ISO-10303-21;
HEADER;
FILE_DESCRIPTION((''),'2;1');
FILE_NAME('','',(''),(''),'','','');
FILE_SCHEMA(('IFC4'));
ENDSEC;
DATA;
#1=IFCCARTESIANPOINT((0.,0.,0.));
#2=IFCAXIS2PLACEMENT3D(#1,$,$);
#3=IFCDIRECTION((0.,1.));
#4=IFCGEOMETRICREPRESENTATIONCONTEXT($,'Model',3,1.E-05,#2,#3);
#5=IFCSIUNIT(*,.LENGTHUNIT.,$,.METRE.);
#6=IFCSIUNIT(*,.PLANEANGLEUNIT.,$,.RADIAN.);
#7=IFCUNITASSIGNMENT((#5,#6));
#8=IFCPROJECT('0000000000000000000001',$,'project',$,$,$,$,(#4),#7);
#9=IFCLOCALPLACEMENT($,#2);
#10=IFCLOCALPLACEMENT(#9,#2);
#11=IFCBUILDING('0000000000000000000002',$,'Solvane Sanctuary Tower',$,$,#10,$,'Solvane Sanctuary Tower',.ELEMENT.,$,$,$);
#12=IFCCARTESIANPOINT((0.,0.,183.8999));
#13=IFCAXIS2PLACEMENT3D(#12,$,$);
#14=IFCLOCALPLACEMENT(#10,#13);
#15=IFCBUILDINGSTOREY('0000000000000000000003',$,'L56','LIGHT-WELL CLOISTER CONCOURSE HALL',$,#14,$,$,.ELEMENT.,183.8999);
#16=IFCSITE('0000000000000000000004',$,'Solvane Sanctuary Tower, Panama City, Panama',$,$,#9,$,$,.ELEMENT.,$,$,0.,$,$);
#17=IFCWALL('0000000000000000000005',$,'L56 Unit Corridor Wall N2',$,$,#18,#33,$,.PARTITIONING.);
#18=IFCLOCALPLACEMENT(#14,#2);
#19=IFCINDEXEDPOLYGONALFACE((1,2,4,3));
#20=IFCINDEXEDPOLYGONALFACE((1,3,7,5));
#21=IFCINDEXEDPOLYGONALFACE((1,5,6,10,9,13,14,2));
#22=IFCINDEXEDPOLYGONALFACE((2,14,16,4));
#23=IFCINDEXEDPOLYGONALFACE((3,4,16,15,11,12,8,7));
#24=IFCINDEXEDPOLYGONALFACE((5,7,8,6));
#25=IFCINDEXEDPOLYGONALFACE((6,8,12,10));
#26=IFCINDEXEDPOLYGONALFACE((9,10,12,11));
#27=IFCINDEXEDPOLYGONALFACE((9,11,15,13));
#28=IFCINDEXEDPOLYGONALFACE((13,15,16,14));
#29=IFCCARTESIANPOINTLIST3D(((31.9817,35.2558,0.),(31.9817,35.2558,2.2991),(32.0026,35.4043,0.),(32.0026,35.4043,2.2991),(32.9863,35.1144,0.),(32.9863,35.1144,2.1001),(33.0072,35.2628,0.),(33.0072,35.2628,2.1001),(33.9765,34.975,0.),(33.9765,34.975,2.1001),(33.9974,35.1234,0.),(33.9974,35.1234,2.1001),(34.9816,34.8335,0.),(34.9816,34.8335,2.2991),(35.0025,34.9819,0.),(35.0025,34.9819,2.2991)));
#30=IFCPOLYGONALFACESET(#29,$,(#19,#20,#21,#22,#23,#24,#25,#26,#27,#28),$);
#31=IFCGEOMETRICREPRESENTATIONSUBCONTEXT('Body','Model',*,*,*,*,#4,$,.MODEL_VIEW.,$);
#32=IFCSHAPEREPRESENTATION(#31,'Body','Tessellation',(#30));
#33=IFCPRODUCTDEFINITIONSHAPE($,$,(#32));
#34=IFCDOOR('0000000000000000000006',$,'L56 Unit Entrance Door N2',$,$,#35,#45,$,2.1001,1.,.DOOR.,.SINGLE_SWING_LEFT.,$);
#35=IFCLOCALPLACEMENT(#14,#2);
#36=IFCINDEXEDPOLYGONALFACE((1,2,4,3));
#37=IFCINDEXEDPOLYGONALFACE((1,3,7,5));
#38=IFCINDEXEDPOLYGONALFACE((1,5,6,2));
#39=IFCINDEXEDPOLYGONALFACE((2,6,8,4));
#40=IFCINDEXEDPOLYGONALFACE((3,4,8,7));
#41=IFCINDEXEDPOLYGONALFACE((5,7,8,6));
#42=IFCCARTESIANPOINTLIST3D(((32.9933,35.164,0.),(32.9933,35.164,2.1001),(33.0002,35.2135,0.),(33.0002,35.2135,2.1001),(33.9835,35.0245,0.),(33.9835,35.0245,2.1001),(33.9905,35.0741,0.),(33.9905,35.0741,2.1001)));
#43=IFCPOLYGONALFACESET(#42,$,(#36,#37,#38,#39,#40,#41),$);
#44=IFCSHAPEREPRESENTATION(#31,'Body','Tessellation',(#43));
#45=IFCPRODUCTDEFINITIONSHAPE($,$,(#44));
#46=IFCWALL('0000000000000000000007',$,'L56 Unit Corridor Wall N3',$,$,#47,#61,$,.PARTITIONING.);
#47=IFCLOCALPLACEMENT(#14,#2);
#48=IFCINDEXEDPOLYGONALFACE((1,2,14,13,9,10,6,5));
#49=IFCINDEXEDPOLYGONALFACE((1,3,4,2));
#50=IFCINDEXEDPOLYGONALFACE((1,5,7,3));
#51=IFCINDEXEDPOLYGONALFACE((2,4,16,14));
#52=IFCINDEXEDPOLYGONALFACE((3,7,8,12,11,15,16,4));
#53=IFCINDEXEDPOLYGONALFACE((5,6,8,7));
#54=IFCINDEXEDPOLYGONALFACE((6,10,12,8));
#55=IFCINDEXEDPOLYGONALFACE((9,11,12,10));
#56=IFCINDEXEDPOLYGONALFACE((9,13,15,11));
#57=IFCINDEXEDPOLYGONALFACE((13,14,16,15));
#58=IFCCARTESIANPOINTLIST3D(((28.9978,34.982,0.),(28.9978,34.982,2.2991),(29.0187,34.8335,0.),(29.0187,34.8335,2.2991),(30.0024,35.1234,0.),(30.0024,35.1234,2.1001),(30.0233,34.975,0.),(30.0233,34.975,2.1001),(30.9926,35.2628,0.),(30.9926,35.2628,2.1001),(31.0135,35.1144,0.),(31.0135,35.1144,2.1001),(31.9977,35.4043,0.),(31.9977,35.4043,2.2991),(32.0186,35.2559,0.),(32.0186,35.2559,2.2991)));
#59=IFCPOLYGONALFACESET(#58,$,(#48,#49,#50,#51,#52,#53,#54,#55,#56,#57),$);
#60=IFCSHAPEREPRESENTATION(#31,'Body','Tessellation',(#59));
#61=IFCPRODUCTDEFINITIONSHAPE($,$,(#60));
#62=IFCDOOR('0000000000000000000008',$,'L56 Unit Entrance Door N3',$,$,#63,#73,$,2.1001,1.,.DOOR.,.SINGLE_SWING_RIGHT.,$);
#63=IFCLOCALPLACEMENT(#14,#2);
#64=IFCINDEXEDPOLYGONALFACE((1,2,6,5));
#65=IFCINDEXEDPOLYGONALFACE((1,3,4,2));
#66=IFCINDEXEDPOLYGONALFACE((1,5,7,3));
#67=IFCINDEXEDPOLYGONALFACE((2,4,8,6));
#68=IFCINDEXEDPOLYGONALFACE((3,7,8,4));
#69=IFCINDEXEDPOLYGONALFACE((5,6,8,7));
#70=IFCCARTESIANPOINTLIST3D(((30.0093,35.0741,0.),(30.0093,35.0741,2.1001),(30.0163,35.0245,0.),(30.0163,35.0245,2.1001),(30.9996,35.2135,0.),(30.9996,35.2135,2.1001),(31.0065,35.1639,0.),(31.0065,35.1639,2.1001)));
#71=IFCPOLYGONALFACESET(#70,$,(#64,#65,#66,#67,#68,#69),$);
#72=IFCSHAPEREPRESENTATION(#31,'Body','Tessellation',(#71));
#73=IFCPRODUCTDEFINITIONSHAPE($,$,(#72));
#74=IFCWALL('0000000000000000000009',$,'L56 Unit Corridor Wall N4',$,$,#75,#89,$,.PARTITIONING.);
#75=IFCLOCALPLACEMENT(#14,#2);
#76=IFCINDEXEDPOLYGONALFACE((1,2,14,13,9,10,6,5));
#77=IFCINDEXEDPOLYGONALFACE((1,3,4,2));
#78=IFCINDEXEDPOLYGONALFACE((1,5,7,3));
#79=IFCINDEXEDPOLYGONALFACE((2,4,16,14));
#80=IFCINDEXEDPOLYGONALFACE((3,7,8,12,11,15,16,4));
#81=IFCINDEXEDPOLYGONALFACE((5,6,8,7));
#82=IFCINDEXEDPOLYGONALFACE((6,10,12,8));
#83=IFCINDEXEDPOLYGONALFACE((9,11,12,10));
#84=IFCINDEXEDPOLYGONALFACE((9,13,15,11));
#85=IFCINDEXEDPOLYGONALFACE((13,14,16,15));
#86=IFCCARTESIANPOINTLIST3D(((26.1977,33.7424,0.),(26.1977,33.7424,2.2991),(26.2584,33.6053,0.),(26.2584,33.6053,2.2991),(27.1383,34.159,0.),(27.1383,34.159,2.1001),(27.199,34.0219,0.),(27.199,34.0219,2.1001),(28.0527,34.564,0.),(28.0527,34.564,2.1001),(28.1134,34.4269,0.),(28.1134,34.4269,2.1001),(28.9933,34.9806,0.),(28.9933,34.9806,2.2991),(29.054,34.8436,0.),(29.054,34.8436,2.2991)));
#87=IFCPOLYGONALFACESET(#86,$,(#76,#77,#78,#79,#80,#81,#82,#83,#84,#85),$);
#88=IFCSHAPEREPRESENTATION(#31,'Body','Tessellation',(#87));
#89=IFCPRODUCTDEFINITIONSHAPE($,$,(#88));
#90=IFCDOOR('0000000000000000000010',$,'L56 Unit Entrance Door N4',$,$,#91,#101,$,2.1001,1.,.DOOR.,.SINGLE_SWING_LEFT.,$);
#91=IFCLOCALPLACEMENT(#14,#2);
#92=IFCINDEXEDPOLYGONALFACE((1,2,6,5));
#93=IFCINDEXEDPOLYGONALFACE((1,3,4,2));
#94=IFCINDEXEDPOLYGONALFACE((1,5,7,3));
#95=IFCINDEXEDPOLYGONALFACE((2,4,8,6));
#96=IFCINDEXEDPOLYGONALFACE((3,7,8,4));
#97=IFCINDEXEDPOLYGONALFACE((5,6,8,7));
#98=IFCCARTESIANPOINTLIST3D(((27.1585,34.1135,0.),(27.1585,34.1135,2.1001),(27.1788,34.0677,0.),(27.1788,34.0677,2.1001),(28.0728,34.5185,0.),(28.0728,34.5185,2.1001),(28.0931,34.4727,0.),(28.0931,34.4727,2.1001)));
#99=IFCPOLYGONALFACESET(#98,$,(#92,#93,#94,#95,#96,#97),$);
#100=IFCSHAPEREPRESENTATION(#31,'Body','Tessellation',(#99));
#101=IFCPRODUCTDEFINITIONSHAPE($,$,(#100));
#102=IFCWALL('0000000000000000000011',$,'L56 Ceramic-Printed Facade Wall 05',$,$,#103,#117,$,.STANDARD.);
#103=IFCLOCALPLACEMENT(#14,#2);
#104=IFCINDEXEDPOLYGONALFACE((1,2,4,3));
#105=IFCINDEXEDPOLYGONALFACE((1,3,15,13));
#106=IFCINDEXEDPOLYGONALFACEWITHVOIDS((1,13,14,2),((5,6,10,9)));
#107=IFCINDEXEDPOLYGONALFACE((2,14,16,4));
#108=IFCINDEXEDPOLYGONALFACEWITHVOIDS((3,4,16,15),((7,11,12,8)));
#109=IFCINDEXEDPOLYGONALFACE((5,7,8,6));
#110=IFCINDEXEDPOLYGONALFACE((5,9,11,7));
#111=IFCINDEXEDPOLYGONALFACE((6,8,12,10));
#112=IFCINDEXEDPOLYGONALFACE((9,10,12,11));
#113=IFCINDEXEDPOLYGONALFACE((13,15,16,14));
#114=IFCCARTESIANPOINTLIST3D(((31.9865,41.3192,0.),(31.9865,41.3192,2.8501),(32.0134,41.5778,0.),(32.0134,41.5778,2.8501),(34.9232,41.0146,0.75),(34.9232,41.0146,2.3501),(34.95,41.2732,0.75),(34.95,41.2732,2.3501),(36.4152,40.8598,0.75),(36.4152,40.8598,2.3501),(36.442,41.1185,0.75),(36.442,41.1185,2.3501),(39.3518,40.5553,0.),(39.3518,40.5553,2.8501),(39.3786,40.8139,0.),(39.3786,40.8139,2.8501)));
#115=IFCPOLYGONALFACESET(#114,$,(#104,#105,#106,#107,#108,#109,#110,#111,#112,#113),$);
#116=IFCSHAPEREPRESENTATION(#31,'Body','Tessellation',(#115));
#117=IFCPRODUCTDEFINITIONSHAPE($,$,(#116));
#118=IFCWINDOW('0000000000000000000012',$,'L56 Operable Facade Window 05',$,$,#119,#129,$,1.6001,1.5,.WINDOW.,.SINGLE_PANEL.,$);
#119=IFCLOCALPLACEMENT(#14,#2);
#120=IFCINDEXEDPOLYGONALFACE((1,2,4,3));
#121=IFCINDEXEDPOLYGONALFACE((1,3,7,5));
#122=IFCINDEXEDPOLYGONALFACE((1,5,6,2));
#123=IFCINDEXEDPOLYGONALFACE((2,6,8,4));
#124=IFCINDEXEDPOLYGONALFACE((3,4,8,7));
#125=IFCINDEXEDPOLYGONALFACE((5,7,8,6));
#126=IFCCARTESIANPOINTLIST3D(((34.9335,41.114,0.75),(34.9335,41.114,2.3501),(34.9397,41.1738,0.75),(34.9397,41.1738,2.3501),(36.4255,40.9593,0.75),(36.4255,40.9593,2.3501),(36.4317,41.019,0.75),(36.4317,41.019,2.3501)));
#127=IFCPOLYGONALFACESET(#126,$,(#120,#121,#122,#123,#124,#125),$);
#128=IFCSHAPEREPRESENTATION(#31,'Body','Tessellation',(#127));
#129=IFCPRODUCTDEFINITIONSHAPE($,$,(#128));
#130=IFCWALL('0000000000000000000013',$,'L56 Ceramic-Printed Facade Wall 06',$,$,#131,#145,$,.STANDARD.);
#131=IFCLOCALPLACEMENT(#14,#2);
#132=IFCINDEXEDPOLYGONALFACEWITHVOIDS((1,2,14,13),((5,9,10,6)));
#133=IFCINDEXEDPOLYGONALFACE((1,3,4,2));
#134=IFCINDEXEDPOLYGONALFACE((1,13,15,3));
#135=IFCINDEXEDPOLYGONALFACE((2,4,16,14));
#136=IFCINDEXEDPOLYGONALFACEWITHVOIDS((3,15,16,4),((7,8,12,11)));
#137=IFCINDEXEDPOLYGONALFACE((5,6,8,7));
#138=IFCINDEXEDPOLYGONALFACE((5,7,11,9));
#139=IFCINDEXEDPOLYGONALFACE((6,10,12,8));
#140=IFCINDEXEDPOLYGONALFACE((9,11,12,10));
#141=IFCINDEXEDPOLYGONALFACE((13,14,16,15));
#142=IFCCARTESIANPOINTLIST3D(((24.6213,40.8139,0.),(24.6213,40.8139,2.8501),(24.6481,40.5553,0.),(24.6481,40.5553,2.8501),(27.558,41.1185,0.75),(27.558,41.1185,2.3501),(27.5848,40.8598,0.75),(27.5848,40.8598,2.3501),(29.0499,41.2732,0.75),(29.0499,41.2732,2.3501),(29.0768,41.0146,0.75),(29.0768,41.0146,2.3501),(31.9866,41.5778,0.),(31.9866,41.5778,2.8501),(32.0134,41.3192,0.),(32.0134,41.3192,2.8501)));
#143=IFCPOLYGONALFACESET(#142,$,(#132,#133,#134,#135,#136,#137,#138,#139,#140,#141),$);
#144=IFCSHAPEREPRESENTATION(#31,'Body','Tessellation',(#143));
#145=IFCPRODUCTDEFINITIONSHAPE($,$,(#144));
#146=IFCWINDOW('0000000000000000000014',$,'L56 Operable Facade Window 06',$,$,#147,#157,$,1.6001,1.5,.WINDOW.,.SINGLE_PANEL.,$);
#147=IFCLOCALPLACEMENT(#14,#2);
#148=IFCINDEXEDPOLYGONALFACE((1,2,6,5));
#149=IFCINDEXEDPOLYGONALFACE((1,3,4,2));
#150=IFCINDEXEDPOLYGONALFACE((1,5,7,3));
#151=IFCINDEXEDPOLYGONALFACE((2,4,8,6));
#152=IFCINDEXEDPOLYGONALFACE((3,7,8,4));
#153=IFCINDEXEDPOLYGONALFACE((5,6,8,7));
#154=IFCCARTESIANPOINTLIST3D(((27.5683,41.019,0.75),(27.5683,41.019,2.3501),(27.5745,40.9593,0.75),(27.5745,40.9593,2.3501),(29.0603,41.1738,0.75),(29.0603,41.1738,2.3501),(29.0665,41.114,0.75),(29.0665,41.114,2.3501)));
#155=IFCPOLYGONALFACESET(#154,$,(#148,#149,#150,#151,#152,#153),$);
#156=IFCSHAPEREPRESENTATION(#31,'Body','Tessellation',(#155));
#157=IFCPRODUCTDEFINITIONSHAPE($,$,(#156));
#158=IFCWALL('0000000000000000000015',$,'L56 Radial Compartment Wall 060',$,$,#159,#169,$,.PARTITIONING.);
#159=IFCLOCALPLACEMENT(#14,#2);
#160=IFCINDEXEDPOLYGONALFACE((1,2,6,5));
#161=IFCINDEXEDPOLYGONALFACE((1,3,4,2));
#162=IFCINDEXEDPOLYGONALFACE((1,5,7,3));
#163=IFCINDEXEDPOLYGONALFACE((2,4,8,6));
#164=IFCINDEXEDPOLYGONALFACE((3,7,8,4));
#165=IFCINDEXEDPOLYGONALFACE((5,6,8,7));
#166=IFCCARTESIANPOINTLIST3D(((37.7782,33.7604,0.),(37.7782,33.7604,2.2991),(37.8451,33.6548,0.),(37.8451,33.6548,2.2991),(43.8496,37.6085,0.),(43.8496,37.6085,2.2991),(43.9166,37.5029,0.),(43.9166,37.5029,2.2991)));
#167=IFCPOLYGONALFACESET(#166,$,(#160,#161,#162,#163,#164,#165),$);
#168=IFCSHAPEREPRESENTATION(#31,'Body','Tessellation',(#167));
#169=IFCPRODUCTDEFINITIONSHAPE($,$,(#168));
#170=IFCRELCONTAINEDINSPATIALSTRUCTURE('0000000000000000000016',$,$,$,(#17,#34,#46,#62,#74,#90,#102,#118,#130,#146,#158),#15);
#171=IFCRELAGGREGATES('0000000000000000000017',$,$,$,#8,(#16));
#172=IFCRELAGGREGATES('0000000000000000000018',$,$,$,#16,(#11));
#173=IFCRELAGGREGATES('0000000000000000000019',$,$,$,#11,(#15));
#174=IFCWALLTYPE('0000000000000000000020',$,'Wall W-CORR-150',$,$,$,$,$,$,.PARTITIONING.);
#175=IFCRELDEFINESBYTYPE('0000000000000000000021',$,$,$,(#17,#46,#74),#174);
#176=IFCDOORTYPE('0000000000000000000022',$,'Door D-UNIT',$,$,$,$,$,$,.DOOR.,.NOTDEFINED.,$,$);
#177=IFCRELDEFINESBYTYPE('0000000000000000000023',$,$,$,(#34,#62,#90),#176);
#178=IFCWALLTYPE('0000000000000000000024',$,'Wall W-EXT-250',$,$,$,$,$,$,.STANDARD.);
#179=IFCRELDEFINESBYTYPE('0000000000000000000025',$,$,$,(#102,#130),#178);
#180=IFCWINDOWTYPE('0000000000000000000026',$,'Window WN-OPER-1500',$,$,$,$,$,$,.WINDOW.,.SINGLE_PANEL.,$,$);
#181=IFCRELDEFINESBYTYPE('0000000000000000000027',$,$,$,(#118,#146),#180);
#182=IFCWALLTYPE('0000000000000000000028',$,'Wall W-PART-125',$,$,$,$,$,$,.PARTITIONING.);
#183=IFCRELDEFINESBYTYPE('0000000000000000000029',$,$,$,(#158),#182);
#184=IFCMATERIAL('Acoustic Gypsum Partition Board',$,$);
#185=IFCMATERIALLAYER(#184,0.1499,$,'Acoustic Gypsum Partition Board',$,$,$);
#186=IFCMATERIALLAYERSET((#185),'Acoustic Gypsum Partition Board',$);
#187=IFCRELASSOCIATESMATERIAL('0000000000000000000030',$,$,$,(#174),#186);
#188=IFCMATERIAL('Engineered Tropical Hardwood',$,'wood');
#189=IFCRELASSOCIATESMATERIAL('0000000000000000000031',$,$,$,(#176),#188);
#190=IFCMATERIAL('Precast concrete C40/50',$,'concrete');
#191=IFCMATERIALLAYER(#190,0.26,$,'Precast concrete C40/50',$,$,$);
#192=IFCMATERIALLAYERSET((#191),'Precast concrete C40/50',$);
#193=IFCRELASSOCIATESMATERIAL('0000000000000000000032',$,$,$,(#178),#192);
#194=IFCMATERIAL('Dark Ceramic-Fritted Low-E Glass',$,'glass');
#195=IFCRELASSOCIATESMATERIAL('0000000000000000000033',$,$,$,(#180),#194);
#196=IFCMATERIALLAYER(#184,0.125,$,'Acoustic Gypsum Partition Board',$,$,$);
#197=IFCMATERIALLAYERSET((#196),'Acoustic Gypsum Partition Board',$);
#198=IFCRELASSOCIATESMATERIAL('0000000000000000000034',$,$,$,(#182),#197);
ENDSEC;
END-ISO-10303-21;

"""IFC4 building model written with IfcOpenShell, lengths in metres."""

from ifc_helpers import new_model, si_unit, direction, frame, frame_2d, origin, place, context, subcontext, project, spatial, rectangle, extrude, material, layer, layer_set, type_object, element, fill, save


model = new_model("IFC4")

# Units and contexts
model_context = context("Model", 3, precision=1e-05, world=origin(), true_north=direction((0.0, 1.0)))
body_context = subcontext(model_context, "Body", "Model", "MODEL_VIEW")
ifc_project = project(units=[si_unit("LENGTHUNIT", "METRE"), si_unit("PLANEANGLEUNIT", "RADIAN")], contexts=[model_context])

# Site, building, storey
site_placement = place(None, origin())
site = spatial("IfcSite", under=ifc_project, at=site_placement, Name="Solvane Sanctuary Tower, Panama City, Panama", CompositionType="ELEMENT", RefElevation=0.0)
building_placement = place(site_placement, origin())
building = spatial("IfcBuilding", under=site, at=building_placement, Name="Solvane Sanctuary Tower", LongName="Solvane Sanctuary Tower", CompositionType="ELEMENT")
storey_placement = place(building_placement, frame((0.0, 0.0, 183.8999)))
storey = spatial("IfcBuildingStorey", under=building, at=storey_placement, Name="L56", Description="LIGHT-WELL CLOISTER CONCOURSE HALL", CompositionType="ELEMENT", Elevation=183.8999)

# Shared definitions
ifc_material_1 = material(Name="Acoustic Gypsum Partition Board")
ifc_layer_1 = layer(ifc_material_1, 0.1499, Name="Acoustic Gypsum Partition Board")
ifc_layer_set_1 = layer_set([ifc_layer_1], Name="Acoustic Gypsum Partition Board")
wall_type_1 = type_object("IfcWallType", Name="Wall W-CORR-150", PredefinedType="PARTITIONING", material=ifc_layer_set_1)

# Walls, openings, doors
ifc_material_2 = material(Name="Engineered Tropical Hardwood", Category="wood")
door_type_1 = type_object("IfcDoorType", Name="Door D-UNIT", OperationType="NOTDEFINED", PredefinedType="DOOR", material=ifc_material_2)
wall_1_placement = place(storey_placement, frame((34.9919, 34.9077, 0.0), z_axis=(0.0, 0.0, 1.0), x_axis=(-0.990234, 0.139413, 0.0)))
wall_1 = element("IfcWall", 1, at=wall_1_placement, inside=storey, type_object=wall_type_1, Name="L56 Unit Corridor Wall N2", PredefinedType="PARTITIONING", context=body_context, shape_type="SweptSolid", body=[
    extrude(rectangle(XDim=3.0295, YDim=0.1499, at=frame_2d((1.5146, 0.0))), origin(), (0.0, 0.0, 1.0), 2.2991),
])
opening_1_placement = place(wall_1_placement, frame((1.0149, 0.0, 0.0)))
opening_1 = element("IfcOpeningElement", 2, at=opening_1_placement, cuts=wall_1, PredefinedType="OPENING", context=body_context, shape_type="SweptSolid", body=[
    extrude(rectangle(XDim=1.0, YDim=2.1001, at=frame_2d((0.5, 1.05))), frame((0.0, 0.085, 0.0), z_axis=(0.0, -1.0, 0.0), x_axis=(1.0, 0.0, 0.0)), (0.0, 0.0, 1.0), 0.1699),
])
door_1_placement = place(opening_1_placement, origin())
door_1 = element("IfcDoor", 3, at=door_1_placement, inside=storey, type_object=door_type_1, Name="L56 Unit Entrance Door N2", OperationType="SINGLE_SWING_LEFT", OverallHeight=2.1001, OverallWidth=1.0, PredefinedType="DOOR", context=body_context, shape_type="SweptSolid", body=[
    extrude(rectangle(XDim=1.0, YDim=2.1001, at=frame_2d((0.5, 1.05))), frame((0.0, 0.0249, 0.0), z_axis=(0.0, -1.0, 0.0), x_axis=(1.0, 0.0, 0.0)), (0.0, 0.0, 1.0), 0.05),
])
fill(opening_1, door_1)
wall_2_placement = place(storey_placement, frame((32.0081, 35.3301, 0.0), z_axis=(0.0, 0.0, 1.0), x_axis=(-0.990234, -0.139413, 0.0)))
wall_2 = element("IfcWall", 4, at=wall_2_placement, inside=storey, type_object=wall_type_1, Name="L56 Unit Corridor Wall N3", PredefinedType="PARTITIONING", context=body_context, shape_type="SweptSolid", body=[
    extrude(rectangle(XDim=3.0295, YDim=0.1499, at=frame_2d((1.5146, 0.0))), origin(), (0.0, 0.0, 1.0), 2.2991),
])
opening_2_placement = place(wall_2_placement, frame((1.0149, 0.0, 0.0)))
opening_2 = element("IfcOpeningElement", 5, at=opening_2_placement, cuts=wall_2, PredefinedType="OPENING", context=body_context, shape_type="SweptSolid", body=[
    extrude(rectangle(XDim=1.0, YDim=2.1001, at=frame_2d((0.5, 1.05))), frame((0.0, 0.085, 0.0), z_axis=(0.0, -1.0, 0.0), x_axis=(1.0, 0.0, 0.0)), (0.0, 0.0, 1.0), 0.1699),
])
door_2_placement = place(opening_2_placement, origin())
door_2 = element("IfcDoor", 6, at=door_2_placement, inside=storey, type_object=door_type_1, Name="L56 Unit Entrance Door N3", OperationType="SINGLE_SWING_RIGHT", OverallHeight=2.1001, OverallWidth=1.0, PredefinedType="DOOR", context=body_context, shape_type="SweptSolid", body=[
    extrude(rectangle(XDim=1.0, YDim=2.1001, at=frame_2d((0.5, 1.05))), frame((0.0, 0.0249, 0.0), z_axis=(0.0, -1.0, 0.0), x_axis=(1.0, 0.0, 0.0)), (0.0, 0.0, 1.0), 0.05),
])
fill(opening_2, door_2)
wall_3_placement = place(storey_placement, frame((29.0237, 34.9121, 0.0), z_axis=(0.0, 0.0, 1.0), x_axis=(-0.914324, -0.404982, 0.0)))
wall_3 = element("IfcWall", 7, at=wall_3_placement, inside=storey, type_object=wall_type_1, Name="L56 Unit Corridor Wall N4", PredefinedType="PARTITIONING", context=body_context, shape_type="SweptSolid", body=[
    extrude(rectangle(XDim=3.0576, YDim=0.1499, at=frame_2d((1.5288, 0.0))), origin(), (0.0, 0.0, 1.0), 2.2991),
])
opening_3_placement = place(wall_3_placement, frame((1.0288, 0.0, 0.0)))
opening_3 = element("IfcOpeningElement", 8, at=opening_3_placement, cuts=wall_3, PredefinedType="OPENING", context=body_context, shape_type="SweptSolid", body=[
    extrude(rectangle(XDim=1.0, YDim=2.1001, at=frame_2d((0.5, 1.05))), frame((0.0, 0.085, 0.0), z_axis=(0.0, -1.0, 0.0), x_axis=(1.0, 0.0, 0.0)), (0.0, 0.0, 1.0), 0.1699),
])
door_3_placement = place(opening_3_placement, origin())
door_3 = element("IfcDoor", 9, at=door_3_placement, inside=storey, type_object=door_type_1, Name="L56 Unit Entrance Door N4", OperationType="SINGLE_SWING_LEFT", OverallHeight=2.1001, OverallWidth=1.0, PredefinedType="DOOR", context=body_context, shape_type="SweptSolid", body=[
    extrude(rectangle(XDim=1.0, YDim=2.1001, at=frame_2d((0.5, 1.05))), frame((0.0, 0.0249, 0.0), z_axis=(0.0, -1.0, 0.0), x_axis=(1.0, 0.0, 0.0)), (0.0, 0.0, 1.0), 0.05),
])
fill(opening_3, door_3)

# Walls, openings, windows
ifc_material_3 = material(Name="Precast concrete C40/50", Category="concrete")
ifc_layer_2 = layer(ifc_material_3, 0.26, Name="Precast concrete C40/50")
ifc_layer_set_2 = layer_set([ifc_layer_2], Name="Precast concrete C40/50")
wall_type_2 = type_object("IfcWallType", Name="Wall W-EXT-250", PredefinedType="STANDARD", material=ifc_layer_set_2)
wall_4_placement = place(storey_placement, frame((39.3652, 40.6846, 0.0), z_axis=(0.0, 0.0, 1.0), x_axis=(-0.994664, 0.103166, 0.0)))
wall_4 = element("IfcWall", 10, at=wall_4_placement, inside=storey, type_object=wall_type_2, Name="L56 Ceramic-Printed Facade Wall 05", PredefinedType="STANDARD", context=body_context, shape_type="SweptSolid", body=[
    extrude(rectangle(XDim=7.4048, YDim=0.26, at=frame_2d((3.7024, 0.0))), origin(), (0.0, 0.0, 1.0), 2.8501),
])
opening_4_placement = place(wall_4_placement, frame((2.9524, 0.0, 0.75)))
opening_4 = element("IfcOpeningElement", 11, at=opening_4_placement, cuts=wall_4, PredefinedType="OPENING", context=body_context, shape_type="SweptSolid", body=[
    extrude(rectangle(XDim=1.5, YDim=1.6001, at=frame_2d((0.75, 0.8))), frame((0.0, 0.1399, 0.0), z_axis=(0.0, -1.0, 0.0), x_axis=(1.0, 0.0, 0.0)), (0.0, 0.0, 1.0), 0.28),
])
ifc_material_4 = material(Name="Dark Ceramic-Fritted Low-E Glass", Category="glass")
window_type = type_object("IfcWindowType", Name="Window WN-OPER-1500", PartitioningType="SINGLE_PANEL", PredefinedType="WINDOW", material=ifc_material_4)
window_1_placement = place(opening_4_placement, origin())
window_1 = element("IfcWindow", 12, at=window_1_placement, inside=storey, type_object=window_type, Name="L56 Operable Facade Window 05", OverallHeight=1.6001, OverallWidth=1.5, PartitioningType="SINGLE_PANEL", PredefinedType="WINDOW", context=body_context, shape_type="SweptSolid", body=[
    extrude(rectangle(XDim=1.5, YDim=1.6001, at=frame_2d((0.75, 0.8))), frame((0.0, 0.03, 0.0), z_axis=(0.0, -1.0, 0.0), x_axis=(1.0, 0.0, 0.0)), (0.0, 0.0, 1.0), 0.0601),
])
fill(opening_4, window_1)
wall_5_placement = place(storey_placement, frame((32.0, 41.4485, 0.0), z_axis=(0.0, 0.0, 1.0), x_axis=(-0.994664, -0.103166, 0.0)))
wall_5 = element("IfcWall", 13, at=wall_5_placement, inside=storey, type_object=wall_type_2, Name="L56 Ceramic-Printed Facade Wall 06", PredefinedType="STANDARD", context=body_context, shape_type="SweptSolid", body=[
    extrude(rectangle(XDim=7.4048, YDim=0.26, at=frame_2d((3.7024, 0.0))), origin(), (0.0, 0.0, 1.0), 2.8501),
])
opening_5_placement = place(wall_5_placement, frame((2.9524, 0.0, 0.75)))
opening_5 = element("IfcOpeningElement", 14, at=opening_5_placement, cuts=wall_5, PredefinedType="OPENING", context=body_context, shape_type="SweptSolid", body=[
    extrude(rectangle(XDim=1.5, YDim=1.6001, at=frame_2d((0.75, 0.8))), frame((0.0, 0.1399, 0.0), z_axis=(0.0, -1.0, 0.0), x_axis=(1.0, 0.0, 0.0)), (0.0, 0.0, 1.0), 0.28),
])
window_2_placement = place(opening_5_placement, origin())
window_2 = element("IfcWindow", 15, at=window_2_placement, inside=storey, type_object=window_type, Name="L56 Operable Facade Window 06", OverallHeight=1.6001, OverallWidth=1.5, PartitioningType="SINGLE_PANEL", PredefinedType="WINDOW", context=body_context, shape_type="SweptSolid", body=[
    extrude(rectangle(XDim=1.5, YDim=1.6001, at=frame_2d((0.75, 0.8))), frame((0.0, 0.03, 0.0), z_axis=(0.0, -1.0, 0.0), x_axis=(1.0, 0.0, 0.0)), (0.0, 0.0, 1.0), 0.0601),
])
fill(opening_5, window_2)

# Wall
ifc_layer_3 = layer(ifc_material_1, 0.125, Name="Acoustic Gypsum Partition Board")
ifc_layer_set_3 = layer_set([ifc_layer_3], Name="Acoustic Gypsum Partition Board")
wall_type_3 = type_object("IfcWallType", Name="Wall W-PART-125", PredefinedType="PARTITIONING", material=ifc_layer_set_3)
wall_6_placement = place(storey_placement, frame((37.8115, 33.7075, 0.0), z_axis=(0.0, 0.0, 1.0), x_axis=(0.84464, 0.535334, 0.0)))
element("IfcWall", 16, at=wall_6_placement, inside=storey, type_object=wall_type_3, Name="L56 Radial Compartment Wall 060", PredefinedType="PARTITIONING", context=body_context, shape_type="SweptSolid", body=[
    extrude(rectangle(XDim=7.1882, YDim=0.125, at=frame_2d((3.5942, 0.0))), origin(), (0.0, 0.0, 1.0), 2.2991),
])

save(model, "model.ifc")
